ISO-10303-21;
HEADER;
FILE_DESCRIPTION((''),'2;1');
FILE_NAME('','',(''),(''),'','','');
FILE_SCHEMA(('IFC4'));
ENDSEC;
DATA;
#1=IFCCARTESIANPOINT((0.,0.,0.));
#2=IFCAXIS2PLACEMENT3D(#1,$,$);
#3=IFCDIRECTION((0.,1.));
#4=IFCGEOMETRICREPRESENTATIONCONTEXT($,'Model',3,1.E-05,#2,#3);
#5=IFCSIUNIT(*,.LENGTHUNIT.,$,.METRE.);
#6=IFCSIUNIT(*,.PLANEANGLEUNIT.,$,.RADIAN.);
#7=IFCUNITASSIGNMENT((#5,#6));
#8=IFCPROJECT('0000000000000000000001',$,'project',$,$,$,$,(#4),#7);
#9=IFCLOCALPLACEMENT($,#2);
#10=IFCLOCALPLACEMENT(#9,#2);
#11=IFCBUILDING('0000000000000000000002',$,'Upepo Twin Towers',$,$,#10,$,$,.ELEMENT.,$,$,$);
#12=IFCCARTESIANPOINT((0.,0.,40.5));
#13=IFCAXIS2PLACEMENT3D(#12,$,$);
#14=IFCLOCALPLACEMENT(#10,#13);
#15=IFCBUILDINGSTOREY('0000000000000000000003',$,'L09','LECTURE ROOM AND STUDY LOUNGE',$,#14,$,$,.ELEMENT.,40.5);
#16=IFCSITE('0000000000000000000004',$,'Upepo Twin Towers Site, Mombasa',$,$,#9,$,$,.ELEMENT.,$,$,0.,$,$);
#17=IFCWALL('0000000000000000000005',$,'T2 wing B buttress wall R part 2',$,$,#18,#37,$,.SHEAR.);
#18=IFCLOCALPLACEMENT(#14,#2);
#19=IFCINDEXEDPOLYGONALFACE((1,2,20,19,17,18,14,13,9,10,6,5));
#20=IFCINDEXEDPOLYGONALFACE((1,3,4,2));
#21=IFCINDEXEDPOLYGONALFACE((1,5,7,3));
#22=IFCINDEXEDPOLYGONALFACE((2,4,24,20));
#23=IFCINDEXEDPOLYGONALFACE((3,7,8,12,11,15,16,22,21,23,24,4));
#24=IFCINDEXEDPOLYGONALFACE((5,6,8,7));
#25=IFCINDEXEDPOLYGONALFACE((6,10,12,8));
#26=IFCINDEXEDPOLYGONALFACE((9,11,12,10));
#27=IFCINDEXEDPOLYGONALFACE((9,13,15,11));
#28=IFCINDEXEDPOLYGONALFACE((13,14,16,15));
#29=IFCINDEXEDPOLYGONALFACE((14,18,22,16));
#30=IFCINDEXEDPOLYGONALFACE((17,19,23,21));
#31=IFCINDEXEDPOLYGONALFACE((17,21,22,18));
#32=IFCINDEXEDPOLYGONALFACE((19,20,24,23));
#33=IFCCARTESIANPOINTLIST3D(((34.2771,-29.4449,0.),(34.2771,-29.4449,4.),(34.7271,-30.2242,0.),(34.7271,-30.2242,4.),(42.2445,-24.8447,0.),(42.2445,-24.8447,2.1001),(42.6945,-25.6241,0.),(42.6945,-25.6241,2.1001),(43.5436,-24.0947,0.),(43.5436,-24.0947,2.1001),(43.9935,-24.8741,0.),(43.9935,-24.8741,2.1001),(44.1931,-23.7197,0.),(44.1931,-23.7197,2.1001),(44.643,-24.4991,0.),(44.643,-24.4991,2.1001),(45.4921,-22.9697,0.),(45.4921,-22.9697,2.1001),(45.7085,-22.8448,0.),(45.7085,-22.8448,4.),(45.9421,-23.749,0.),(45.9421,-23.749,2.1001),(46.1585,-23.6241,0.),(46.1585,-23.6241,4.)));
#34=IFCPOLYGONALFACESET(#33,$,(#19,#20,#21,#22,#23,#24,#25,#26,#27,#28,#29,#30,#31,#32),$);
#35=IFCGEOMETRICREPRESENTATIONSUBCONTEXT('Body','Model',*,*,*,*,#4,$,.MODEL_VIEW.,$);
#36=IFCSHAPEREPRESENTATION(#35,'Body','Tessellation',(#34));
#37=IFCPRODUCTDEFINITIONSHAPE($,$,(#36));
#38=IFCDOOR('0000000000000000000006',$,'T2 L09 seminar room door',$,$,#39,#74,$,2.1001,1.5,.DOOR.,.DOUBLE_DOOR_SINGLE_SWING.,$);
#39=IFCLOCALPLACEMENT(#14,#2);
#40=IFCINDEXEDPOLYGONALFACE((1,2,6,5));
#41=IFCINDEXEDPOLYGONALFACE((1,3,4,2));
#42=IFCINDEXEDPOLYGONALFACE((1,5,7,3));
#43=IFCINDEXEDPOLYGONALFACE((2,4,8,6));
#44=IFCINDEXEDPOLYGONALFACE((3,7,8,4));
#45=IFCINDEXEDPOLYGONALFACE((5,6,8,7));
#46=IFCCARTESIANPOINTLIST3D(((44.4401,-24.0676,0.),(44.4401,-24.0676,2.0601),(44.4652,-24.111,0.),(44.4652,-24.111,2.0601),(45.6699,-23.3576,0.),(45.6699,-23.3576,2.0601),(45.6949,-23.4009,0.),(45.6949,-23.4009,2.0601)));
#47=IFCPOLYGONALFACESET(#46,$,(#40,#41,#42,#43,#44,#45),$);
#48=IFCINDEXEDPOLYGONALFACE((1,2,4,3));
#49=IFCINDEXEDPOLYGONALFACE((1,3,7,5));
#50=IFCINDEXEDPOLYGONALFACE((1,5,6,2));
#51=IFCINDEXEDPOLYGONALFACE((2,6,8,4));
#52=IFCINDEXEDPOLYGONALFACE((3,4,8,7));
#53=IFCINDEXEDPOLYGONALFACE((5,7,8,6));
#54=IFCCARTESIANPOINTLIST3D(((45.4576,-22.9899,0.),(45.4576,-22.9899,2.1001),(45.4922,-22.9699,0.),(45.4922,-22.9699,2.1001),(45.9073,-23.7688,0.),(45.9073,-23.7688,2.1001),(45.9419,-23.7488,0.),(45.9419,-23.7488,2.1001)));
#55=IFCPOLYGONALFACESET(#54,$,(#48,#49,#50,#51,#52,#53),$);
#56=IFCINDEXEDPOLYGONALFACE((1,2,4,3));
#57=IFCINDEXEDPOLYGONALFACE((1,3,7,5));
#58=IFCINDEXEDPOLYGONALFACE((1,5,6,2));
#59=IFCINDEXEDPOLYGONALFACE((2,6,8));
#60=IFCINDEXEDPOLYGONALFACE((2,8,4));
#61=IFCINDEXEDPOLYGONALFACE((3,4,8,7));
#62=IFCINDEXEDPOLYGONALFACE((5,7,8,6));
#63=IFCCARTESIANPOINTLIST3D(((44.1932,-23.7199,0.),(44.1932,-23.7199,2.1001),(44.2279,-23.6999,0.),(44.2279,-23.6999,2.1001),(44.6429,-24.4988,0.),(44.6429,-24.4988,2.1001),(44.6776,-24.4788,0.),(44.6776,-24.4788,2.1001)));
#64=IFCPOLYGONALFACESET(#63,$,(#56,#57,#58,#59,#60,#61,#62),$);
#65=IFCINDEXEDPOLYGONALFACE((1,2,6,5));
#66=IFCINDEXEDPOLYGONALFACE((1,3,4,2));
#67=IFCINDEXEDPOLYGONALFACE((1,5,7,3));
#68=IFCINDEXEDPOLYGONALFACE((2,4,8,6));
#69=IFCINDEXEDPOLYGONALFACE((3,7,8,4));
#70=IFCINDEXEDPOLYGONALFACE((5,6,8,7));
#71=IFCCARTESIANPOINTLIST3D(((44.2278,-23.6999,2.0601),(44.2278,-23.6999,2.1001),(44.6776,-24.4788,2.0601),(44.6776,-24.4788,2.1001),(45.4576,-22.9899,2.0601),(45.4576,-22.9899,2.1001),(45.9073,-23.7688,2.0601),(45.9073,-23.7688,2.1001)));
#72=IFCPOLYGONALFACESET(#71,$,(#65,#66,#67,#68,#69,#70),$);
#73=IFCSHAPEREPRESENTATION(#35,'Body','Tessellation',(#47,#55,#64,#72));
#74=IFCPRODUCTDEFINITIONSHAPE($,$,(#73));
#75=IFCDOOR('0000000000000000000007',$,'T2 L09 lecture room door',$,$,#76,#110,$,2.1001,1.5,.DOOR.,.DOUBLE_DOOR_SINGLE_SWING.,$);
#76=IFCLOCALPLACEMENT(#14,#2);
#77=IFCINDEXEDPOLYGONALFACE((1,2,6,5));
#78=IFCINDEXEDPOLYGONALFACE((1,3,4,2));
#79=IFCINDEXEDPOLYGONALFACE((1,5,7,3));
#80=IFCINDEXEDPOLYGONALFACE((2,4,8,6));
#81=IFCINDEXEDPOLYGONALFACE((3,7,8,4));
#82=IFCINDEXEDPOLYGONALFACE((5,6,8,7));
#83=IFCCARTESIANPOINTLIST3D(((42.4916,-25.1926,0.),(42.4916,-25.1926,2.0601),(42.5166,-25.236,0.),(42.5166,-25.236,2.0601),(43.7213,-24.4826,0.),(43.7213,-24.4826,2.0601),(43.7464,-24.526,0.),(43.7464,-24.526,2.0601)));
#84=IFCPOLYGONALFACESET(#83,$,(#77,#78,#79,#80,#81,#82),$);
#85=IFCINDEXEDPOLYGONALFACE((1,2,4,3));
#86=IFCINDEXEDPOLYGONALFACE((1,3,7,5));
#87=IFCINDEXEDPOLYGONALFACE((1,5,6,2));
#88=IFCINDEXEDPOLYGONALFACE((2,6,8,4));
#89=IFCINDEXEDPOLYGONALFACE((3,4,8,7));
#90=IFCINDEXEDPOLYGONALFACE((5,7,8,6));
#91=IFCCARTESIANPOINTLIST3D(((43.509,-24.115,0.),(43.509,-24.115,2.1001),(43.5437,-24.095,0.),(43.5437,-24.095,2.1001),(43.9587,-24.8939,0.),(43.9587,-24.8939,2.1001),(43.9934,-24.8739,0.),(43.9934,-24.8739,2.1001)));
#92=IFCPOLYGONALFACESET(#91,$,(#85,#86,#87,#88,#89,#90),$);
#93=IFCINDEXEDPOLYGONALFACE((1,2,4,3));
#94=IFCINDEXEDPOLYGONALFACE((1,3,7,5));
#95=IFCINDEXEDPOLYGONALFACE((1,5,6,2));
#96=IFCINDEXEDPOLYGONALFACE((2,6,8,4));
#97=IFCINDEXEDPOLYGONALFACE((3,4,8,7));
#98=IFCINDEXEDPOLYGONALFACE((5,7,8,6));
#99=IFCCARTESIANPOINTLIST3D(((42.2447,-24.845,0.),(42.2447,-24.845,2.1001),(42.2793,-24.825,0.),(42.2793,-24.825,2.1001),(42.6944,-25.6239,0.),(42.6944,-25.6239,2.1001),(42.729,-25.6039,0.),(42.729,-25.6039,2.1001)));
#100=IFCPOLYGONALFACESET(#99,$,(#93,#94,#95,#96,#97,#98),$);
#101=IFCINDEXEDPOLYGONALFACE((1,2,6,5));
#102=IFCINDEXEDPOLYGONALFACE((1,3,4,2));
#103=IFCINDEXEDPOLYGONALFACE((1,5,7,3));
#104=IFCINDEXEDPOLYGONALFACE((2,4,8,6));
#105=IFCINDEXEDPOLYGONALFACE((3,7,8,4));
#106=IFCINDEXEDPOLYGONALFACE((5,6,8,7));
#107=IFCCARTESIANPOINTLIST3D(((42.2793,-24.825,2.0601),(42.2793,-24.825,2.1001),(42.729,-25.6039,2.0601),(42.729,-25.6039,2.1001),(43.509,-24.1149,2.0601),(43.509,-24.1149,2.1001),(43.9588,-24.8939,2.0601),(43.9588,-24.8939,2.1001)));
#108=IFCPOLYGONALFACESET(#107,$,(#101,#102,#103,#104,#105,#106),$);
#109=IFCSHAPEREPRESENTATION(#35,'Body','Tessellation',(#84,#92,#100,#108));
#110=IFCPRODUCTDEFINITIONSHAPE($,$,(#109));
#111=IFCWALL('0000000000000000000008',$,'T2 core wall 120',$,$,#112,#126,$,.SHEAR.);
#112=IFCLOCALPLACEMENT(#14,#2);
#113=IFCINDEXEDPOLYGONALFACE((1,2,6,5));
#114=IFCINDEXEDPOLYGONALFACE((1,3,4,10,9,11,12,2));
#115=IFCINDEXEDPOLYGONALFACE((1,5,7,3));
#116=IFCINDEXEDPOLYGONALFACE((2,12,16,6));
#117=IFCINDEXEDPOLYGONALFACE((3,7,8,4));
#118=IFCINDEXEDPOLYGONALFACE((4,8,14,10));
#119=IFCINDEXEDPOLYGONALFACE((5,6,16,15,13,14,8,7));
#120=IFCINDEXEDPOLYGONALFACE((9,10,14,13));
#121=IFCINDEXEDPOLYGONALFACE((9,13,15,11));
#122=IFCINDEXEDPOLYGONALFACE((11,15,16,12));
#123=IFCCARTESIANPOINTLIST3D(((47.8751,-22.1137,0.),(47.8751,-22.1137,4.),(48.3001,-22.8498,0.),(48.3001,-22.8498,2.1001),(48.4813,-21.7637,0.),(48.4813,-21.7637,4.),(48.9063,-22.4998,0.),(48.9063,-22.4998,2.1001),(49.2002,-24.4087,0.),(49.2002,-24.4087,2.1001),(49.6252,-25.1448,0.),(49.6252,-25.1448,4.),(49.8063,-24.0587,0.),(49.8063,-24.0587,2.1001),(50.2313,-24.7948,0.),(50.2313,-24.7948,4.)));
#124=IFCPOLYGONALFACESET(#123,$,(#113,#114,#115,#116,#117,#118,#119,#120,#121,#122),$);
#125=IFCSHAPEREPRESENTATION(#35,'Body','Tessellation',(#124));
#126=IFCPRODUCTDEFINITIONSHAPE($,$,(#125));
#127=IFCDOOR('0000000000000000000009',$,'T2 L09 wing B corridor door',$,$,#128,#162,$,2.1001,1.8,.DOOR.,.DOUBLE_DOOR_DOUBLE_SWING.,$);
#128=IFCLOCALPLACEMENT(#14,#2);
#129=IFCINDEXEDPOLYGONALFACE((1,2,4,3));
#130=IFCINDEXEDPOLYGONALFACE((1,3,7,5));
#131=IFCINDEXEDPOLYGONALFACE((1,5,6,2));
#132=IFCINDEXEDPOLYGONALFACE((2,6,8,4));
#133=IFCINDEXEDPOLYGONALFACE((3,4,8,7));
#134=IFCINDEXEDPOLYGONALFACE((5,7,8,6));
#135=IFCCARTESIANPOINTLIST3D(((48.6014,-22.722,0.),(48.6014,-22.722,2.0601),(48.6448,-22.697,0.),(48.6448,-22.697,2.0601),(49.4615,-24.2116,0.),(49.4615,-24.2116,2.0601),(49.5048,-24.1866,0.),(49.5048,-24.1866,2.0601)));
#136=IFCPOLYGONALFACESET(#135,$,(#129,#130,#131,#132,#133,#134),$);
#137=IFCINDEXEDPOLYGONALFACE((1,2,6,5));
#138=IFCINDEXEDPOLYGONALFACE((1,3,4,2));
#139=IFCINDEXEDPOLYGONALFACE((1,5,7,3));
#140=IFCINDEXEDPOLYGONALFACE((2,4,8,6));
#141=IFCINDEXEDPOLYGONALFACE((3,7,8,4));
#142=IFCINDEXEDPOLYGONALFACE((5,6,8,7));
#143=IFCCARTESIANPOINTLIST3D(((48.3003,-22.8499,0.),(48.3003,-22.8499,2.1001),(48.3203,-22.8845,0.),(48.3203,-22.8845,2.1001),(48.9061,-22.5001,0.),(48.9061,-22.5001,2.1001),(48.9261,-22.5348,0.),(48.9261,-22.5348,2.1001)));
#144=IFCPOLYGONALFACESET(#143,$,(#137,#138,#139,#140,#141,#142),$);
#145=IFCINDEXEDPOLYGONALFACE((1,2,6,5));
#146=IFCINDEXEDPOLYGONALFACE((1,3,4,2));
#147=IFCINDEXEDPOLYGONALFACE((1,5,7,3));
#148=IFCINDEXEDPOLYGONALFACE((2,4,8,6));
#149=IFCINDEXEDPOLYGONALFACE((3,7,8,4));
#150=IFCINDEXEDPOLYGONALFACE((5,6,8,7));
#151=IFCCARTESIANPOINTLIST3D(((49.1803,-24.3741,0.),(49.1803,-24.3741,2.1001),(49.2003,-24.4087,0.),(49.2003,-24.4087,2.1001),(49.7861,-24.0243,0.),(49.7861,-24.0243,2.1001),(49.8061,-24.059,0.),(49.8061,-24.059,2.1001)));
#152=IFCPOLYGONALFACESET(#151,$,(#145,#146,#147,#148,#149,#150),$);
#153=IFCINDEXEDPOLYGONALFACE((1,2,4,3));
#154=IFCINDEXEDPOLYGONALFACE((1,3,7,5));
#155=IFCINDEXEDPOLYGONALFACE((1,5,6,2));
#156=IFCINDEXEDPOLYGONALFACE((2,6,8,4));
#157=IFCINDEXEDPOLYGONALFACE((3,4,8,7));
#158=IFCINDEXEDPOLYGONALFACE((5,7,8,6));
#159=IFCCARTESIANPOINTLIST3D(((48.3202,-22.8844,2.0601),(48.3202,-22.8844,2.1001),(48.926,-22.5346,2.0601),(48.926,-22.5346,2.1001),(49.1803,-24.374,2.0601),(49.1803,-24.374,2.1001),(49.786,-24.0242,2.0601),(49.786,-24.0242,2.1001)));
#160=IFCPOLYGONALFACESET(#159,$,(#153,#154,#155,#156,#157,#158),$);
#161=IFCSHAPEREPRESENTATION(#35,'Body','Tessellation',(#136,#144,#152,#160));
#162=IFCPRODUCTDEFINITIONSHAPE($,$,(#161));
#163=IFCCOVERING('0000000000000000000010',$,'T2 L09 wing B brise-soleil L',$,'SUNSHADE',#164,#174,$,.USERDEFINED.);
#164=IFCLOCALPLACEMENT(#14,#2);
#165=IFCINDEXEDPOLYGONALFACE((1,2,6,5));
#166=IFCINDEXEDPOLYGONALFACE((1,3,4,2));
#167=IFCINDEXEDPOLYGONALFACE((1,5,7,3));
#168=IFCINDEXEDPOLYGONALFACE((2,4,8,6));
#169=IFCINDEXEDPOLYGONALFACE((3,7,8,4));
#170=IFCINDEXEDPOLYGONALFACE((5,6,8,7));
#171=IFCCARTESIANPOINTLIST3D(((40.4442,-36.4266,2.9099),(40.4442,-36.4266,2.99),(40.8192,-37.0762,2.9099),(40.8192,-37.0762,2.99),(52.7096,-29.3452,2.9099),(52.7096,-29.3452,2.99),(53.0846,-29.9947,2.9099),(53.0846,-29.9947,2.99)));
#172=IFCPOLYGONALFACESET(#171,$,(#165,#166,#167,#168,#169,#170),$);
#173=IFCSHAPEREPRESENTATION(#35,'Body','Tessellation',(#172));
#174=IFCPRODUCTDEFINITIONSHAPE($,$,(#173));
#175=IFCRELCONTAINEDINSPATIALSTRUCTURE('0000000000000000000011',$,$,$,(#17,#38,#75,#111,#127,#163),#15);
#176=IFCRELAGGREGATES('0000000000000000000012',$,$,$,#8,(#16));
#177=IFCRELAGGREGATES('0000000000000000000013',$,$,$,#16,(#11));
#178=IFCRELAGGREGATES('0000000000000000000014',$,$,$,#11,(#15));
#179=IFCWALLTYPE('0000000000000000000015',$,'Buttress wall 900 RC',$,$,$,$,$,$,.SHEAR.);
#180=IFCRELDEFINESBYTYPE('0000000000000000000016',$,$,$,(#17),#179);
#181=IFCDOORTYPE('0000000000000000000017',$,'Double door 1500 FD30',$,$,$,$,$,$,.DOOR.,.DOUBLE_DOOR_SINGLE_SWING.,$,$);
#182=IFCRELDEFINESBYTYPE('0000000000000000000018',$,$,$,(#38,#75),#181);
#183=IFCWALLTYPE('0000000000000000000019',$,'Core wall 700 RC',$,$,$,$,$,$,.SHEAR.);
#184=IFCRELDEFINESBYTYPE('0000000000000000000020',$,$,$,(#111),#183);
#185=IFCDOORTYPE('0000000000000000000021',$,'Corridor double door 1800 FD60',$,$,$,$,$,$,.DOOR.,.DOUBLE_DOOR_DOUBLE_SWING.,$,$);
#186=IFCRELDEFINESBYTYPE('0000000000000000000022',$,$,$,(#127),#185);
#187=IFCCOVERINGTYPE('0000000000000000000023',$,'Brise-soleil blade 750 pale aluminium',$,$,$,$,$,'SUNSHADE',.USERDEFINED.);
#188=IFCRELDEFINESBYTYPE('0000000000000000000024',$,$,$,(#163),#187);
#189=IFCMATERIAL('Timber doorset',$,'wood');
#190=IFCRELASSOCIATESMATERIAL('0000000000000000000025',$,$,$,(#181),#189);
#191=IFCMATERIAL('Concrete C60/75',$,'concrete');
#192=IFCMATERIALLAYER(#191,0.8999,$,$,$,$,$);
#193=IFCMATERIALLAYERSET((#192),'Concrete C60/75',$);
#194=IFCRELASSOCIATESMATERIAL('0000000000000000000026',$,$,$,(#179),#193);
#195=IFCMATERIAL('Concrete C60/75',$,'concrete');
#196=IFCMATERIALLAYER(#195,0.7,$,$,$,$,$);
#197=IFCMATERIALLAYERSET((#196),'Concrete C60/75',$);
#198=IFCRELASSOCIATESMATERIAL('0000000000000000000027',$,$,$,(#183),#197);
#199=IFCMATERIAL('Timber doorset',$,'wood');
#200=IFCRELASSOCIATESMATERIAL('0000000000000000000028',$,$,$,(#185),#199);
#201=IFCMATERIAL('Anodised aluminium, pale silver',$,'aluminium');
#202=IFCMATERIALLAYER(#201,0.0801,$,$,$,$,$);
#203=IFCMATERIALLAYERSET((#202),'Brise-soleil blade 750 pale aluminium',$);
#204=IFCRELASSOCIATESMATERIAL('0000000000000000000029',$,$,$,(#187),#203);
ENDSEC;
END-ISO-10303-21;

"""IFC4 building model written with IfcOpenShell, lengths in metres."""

from ifc_helpers import new_model, si_unit, direction, frame, frame_2d, origin, origin_2d, place, context, subcontext, project, spatial, rectangle, extrude, material, layer, layer_set, type_object, element, fill, save


model = new_model("IFC4")

# Units and contexts
model_context = context("Model", 3, precision=1e-05, world=origin(), true_north=direction((0.0, 1.0)))
body_context = subcontext(model_context, "Body", "Model", "MODEL_VIEW")
ifc_project = project(units=[si_unit("LENGTHUNIT", "METRE"), si_unit("PLANEANGLEUNIT", "RADIAN")], contexts=[model_context])

# Site, building, storey
site_placement = place(None, origin())
site = spatial("IfcSite", under=ifc_project, at=site_placement, Name="Upepo Twin Towers Site, Mombasa", CompositionType="ELEMENT", RefElevation=0.0)
building_placement = place(site_placement, origin())
building = spatial("IfcBuilding", under=site, at=building_placement, Name="Upepo Twin Towers", CompositionType="ELEMENT")
storey_placement = place(building_placement, frame((0.0, 0.0, 40.5)))
storey = spatial("IfcBuildingStorey", under=building, at=storey_placement, Name="L09", Description="LECTURE ROOM AND STUDY LOUNGE", CompositionType="ELEMENT", Elevation=40.5)

# Shared definitions
ifc_material_1 = material(Name="Timber doorset", Category="wood")
door_type_1 = type_object("IfcDoorType", Name="Double door 1500 FD30", OperationType="DOUBLE_DOOR_SINGLE_SWING", PredefinedType="DOOR", material=ifc_material_1)

# Wall, openings, doors
ifc_material_2 = material(Name="Concrete C60/75", Category="concrete")
ifc_layer_1 = layer(ifc_material_2, 0.8999)
ifc_layer_set_1 = layer_set([ifc_layer_1], Name="Concrete C60/75")
wall_type_1 = type_object("IfcWallType", Name="Buttress wall 900 RC", PredefinedType="SHEAR", material=ifc_layer_set_1)
wall_1_placement = place(storey_placement, frame((45.9336, -23.2344, 0.0), z_axis=(0.0, 0.0, 1.0), x_axis=(-0.86602, -0.50001, 0.0)))
wall_1 = element("IfcWall", 1, at=wall_1_placement, inside=storey, type_object=wall_type_1, Name="T2 wing B buttress wall R part 2", PredefinedType="SHEAR", context=body_context, shape_type="SweptSolid", body=[
    extrude(rectangle(XDim=13.2, YDim=0.8999, at=frame_2d((6.6001, 0.0))), origin(), (0.0, 0.0, 1.0), 4.0),
])
opening_1_placement = place(wall_1_placement, frame((0.25, 0.0, 0.0)))
opening_1 = element("IfcOpeningElement", 2, at=opening_1_placement, cuts=wall_1, PredefinedType="OPENING", context=body_context, shape_type="SweptSolid", body=[
    extrude(rectangle(XDim=1.5, YDim=2.1001, at=frame_2d((0.75, 1.05))), frame((0.0, 0.46, 0.0), z_axis=(0.0, -1.0, 0.0), x_axis=(1.0, 0.0, 0.0)), (0.0, 0.0, 1.0), 0.9199),
])
opening_2_placement = place(wall_1_placement, frame((2.5, 0.0, 0.0)))
opening_2 = element("IfcOpeningElement", 3, at=opening_2_placement, cuts=wall_1, PredefinedType="OPENING", context=body_context, shape_type="SweptSolid", body=[
    extrude(rectangle(XDim=1.5, YDim=2.1001, at=frame_2d((0.75, 1.05))), frame((0.0, 0.46, 0.0), z_axis=(0.0, -1.0, 0.0), x_axis=(1.0, 0.0, 0.0)), (0.0, 0.0, 1.0), 0.9199),
])
door_1_placement = place(opening_1_placement, origin())
door_1 = element("IfcDoor", 4, at=door_1_placement, inside=storey, type_object=door_type_1, Name="T2 L09 seminar room door", OperationType="DOUBLE_DOOR_SINGLE_SWING", OverallHeight=2.1001, OverallWidth=1.5, PredefinedType="DOOR", context=body_context, shape_type="SweptSolid", body=[
    extrude(rectangle(XDim=1.42, YDim=2.0601, at=frame_2d((0.75, 1.03))), frame((0.0, 0.0249, 0.0), z_axis=(0.0, -1.0, 0.0), x_axis=(1.0, 0.0, 0.0)), (0.0, 0.0, 1.0), 0.05),
    extrude(rectangle(XDim=0.04, YDim=2.1001, at=frame_2d((0.02, 1.05))), frame((0.0, 0.4497, 0.0), z_axis=(0.0, -1.0, 0.0), x_axis=(1.0, 0.0, 0.0)), (0.0, 0.0, 1.0), 0.8994),
    extrude(rectangle(XDim=0.04, YDim=2.1001, at=frame_2d((1.48, 1.05))), frame((0.0, 0.4497, 0.0), z_axis=(0.0, -1.0, 0.0), x_axis=(1.0, 0.0, 0.0)), (0.0, 0.0, 1.0), 0.8994),
    extrude(rectangle(XDim=1.42, YDim=0.04, at=frame_2d((0.75, 2.0801))), frame((0.0, 0.4497, 0.0), z_axis=(0.0, -1.0, 0.0), x_axis=(1.0, 0.0, 0.0)), (0.0, 0.0, 1.0), 0.8994),
])
fill(opening_1, door_1)
door_2_placement = place(opening_2_placement, origin())
door_2 = element("IfcDoor", 5, at=door_2_placement, inside=storey, type_object=door_type_1, Name="T2 L09 lecture room door", OperationType="DOUBLE_DOOR_SINGLE_SWING", OverallHeight=2.1001, OverallWidth=1.5, PredefinedType="DOOR", context=body_context, shape_type="SweptSolid", body=[
    extrude(rectangle(XDim=1.42, YDim=2.0601, at=frame_2d((0.75, 1.03))), frame((0.0, 0.0249, 0.0), z_axis=(0.0, -1.0, 0.0), x_axis=(1.0, 0.0, 0.0)), (0.0, 0.0, 1.0), 0.05),
    extrude(rectangle(XDim=0.04, YDim=2.1001, at=frame_2d((0.02, 1.05))), frame((0.0, 0.4497, 0.0), z_axis=(0.0, -1.0, 0.0), x_axis=(1.0, 0.0, 0.0)), (0.0, 0.0, 1.0), 0.8994),
    extrude(rectangle(XDim=0.04, YDim=2.1001, at=frame_2d((1.48, 1.05))), frame((0.0, 0.4497, 0.0), z_axis=(0.0, -1.0, 0.0), x_axis=(1.0, 0.0, 0.0)), (0.0, 0.0, 1.0), 0.8994),
    extrude(rectangle(XDim=1.42, YDim=0.04, at=frame_2d((0.75, 2.0801))), frame((0.0, 0.4497, 0.0), z_axis=(0.0, -1.0, 0.0), x_axis=(1.0, 0.0, 0.0)), (0.0, 0.0, 1.0), 0.8994),
])
fill(opening_2, door_2)

# Wall, opening, door
ifc_material_3 = material(Name="Concrete C60/75", Category="concrete")
ifc_layer_2 = layer(ifc_material_3, 0.7)
ifc_layer_set_2 = layer_set([ifc_layer_2], Name="Concrete C60/75")
wall_type_2 = type_object("IfcWallType", Name="Core wall 700 RC", PredefinedType="SHEAR", material=ifc_layer_set_2)
wall_2_placement = place(storey_placement, frame((48.1782, -21.9387, 0.0), z_axis=(0.0, 0.0, 1.0), x_axis=(0.50001, -0.866019, 0.0)))
wall_2 = element("IfcWall", 6, at=wall_2_placement, inside=storey, type_object=wall_type_2, Name="T2 core wall 120", PredefinedType="SHEAR", context=body_context, shape_type="SweptSolid", body=[
    extrude(rectangle(XDim=3.5, YDim=0.7, at=frame_2d((1.75, 0.0))), origin(), (0.0, 0.0, 1.0), 4.0),
])
opening_3_placement = place(wall_2_placement, frame((0.8501, 0.0, 0.0)))
opening_3 = element("IfcOpeningElement", 7, at=opening_3_placement, cuts=wall_2, PredefinedType="OPENING", context=body_context, shape_type="SweptSolid", body=[
    extrude(rectangle(XDim=1.8, YDim=2.1001, at=frame_2d((0.8999, 1.05))), frame((0.0, 0.3599, 0.0), z_axis=(0.0, -1.0, 0.0), x_axis=(1.0, 0.0, 0.0)), (0.0, 0.0, 1.0), 0.72),
])
ifc_material_4 = material(Name="Timber doorset", Category="wood")
door_type_2 = type_object("IfcDoorType", Name="Corridor double door 1800 FD60", OperationType="DOUBLE_DOOR_DOUBLE_SWING", PredefinedType="DOOR", material=ifc_material_4)
door_3_placement = place(opening_3_placement, origin())
door_3 = element("IfcDoor", 8, at=door_3_placement, inside=storey, type_object=door_type_2, Name="T2 L09 wing B corridor door", OperationType="DOUBLE_DOOR_DOUBLE_SWING", OverallHeight=2.1001, OverallWidth=1.8, PredefinedType="DOOR", context=body_context, shape_type="SweptSolid", body=[
    extrude(rectangle(XDim=1.72, YDim=2.0601, at=frame_2d((0.8999, 1.03))), frame((0.0, 0.0249, 0.0), z_axis=(0.0, -1.0, 0.0), x_axis=(1.0, 0.0, 0.0)), (0.0, 0.0, 1.0), 0.05),
    extrude(rectangle(XDim=0.04, YDim=2.1001, at=frame_2d((0.02, 1.05))), frame((0.0, 0.3496, 0.0), z_axis=(0.0, -1.0, 0.0), x_axis=(1.0, 0.0, 0.0)), (0.0, 0.0, 1.0), 0.6995),
    extrude(rectangle(XDim=0.04, YDim=2.1001, at=frame_2d((1.78, 1.05))), frame((0.0, 0.3496, 0.0), z_axis=(0.0, -1.0, 0.0), x_axis=(1.0, 0.0, 0.0)), (0.0, 0.0, 1.0), 0.6995),
    extrude(rectangle(XDim=1.72, YDim=0.04, at=frame_2d((0.8999, 2.0801))), frame((0.0, 0.3496, 0.0), z_axis=(0.0, -1.0, 0.0), x_axis=(1.0, 0.0, 0.0)), (0.0, 0.0, 1.0), 0.6995),
])
fill(opening_3, door_3)

# Covering
ifc_material_5 = material(Name="Anodised aluminium, pale silver", Category="aluminium")
ifc_layer_3 = layer(ifc_material_5, 0.0801)
ifc_layer_set_3 = layer_set([ifc_layer_3], Name="Brise-soleil blade 750 pale aluminium")
covering_type = type_object("IfcCoveringType", Name="Brise-soleil blade 750 pale aluminium", ElementType="SUNSHADE", PredefinedType="USERDEFINED", material=ifc_layer_set_3)
covering_placement = place(storey_placement, frame((46.7644, -33.2107, 2.9099), z_axis=(0.0, 0.0, 1.0), x_axis=(-0.866025, -0.5, 0.0)))
element("IfcCovering", 9, at=covering_placement, inside=storey, type_object=covering_type, Name="T2 L09 wing B brise-soleil L", ObjectType="SUNSHADE", PredefinedType="USERDEFINED", context=body_context, shape_type="SweptSolid", body=[
    extrude(rectangle(XDim=14.1628, YDim=0.75, at=origin_2d()), origin(), (0.0, 0.0, 1.0), 0.0801),
])

save(model, "model.ifc")
